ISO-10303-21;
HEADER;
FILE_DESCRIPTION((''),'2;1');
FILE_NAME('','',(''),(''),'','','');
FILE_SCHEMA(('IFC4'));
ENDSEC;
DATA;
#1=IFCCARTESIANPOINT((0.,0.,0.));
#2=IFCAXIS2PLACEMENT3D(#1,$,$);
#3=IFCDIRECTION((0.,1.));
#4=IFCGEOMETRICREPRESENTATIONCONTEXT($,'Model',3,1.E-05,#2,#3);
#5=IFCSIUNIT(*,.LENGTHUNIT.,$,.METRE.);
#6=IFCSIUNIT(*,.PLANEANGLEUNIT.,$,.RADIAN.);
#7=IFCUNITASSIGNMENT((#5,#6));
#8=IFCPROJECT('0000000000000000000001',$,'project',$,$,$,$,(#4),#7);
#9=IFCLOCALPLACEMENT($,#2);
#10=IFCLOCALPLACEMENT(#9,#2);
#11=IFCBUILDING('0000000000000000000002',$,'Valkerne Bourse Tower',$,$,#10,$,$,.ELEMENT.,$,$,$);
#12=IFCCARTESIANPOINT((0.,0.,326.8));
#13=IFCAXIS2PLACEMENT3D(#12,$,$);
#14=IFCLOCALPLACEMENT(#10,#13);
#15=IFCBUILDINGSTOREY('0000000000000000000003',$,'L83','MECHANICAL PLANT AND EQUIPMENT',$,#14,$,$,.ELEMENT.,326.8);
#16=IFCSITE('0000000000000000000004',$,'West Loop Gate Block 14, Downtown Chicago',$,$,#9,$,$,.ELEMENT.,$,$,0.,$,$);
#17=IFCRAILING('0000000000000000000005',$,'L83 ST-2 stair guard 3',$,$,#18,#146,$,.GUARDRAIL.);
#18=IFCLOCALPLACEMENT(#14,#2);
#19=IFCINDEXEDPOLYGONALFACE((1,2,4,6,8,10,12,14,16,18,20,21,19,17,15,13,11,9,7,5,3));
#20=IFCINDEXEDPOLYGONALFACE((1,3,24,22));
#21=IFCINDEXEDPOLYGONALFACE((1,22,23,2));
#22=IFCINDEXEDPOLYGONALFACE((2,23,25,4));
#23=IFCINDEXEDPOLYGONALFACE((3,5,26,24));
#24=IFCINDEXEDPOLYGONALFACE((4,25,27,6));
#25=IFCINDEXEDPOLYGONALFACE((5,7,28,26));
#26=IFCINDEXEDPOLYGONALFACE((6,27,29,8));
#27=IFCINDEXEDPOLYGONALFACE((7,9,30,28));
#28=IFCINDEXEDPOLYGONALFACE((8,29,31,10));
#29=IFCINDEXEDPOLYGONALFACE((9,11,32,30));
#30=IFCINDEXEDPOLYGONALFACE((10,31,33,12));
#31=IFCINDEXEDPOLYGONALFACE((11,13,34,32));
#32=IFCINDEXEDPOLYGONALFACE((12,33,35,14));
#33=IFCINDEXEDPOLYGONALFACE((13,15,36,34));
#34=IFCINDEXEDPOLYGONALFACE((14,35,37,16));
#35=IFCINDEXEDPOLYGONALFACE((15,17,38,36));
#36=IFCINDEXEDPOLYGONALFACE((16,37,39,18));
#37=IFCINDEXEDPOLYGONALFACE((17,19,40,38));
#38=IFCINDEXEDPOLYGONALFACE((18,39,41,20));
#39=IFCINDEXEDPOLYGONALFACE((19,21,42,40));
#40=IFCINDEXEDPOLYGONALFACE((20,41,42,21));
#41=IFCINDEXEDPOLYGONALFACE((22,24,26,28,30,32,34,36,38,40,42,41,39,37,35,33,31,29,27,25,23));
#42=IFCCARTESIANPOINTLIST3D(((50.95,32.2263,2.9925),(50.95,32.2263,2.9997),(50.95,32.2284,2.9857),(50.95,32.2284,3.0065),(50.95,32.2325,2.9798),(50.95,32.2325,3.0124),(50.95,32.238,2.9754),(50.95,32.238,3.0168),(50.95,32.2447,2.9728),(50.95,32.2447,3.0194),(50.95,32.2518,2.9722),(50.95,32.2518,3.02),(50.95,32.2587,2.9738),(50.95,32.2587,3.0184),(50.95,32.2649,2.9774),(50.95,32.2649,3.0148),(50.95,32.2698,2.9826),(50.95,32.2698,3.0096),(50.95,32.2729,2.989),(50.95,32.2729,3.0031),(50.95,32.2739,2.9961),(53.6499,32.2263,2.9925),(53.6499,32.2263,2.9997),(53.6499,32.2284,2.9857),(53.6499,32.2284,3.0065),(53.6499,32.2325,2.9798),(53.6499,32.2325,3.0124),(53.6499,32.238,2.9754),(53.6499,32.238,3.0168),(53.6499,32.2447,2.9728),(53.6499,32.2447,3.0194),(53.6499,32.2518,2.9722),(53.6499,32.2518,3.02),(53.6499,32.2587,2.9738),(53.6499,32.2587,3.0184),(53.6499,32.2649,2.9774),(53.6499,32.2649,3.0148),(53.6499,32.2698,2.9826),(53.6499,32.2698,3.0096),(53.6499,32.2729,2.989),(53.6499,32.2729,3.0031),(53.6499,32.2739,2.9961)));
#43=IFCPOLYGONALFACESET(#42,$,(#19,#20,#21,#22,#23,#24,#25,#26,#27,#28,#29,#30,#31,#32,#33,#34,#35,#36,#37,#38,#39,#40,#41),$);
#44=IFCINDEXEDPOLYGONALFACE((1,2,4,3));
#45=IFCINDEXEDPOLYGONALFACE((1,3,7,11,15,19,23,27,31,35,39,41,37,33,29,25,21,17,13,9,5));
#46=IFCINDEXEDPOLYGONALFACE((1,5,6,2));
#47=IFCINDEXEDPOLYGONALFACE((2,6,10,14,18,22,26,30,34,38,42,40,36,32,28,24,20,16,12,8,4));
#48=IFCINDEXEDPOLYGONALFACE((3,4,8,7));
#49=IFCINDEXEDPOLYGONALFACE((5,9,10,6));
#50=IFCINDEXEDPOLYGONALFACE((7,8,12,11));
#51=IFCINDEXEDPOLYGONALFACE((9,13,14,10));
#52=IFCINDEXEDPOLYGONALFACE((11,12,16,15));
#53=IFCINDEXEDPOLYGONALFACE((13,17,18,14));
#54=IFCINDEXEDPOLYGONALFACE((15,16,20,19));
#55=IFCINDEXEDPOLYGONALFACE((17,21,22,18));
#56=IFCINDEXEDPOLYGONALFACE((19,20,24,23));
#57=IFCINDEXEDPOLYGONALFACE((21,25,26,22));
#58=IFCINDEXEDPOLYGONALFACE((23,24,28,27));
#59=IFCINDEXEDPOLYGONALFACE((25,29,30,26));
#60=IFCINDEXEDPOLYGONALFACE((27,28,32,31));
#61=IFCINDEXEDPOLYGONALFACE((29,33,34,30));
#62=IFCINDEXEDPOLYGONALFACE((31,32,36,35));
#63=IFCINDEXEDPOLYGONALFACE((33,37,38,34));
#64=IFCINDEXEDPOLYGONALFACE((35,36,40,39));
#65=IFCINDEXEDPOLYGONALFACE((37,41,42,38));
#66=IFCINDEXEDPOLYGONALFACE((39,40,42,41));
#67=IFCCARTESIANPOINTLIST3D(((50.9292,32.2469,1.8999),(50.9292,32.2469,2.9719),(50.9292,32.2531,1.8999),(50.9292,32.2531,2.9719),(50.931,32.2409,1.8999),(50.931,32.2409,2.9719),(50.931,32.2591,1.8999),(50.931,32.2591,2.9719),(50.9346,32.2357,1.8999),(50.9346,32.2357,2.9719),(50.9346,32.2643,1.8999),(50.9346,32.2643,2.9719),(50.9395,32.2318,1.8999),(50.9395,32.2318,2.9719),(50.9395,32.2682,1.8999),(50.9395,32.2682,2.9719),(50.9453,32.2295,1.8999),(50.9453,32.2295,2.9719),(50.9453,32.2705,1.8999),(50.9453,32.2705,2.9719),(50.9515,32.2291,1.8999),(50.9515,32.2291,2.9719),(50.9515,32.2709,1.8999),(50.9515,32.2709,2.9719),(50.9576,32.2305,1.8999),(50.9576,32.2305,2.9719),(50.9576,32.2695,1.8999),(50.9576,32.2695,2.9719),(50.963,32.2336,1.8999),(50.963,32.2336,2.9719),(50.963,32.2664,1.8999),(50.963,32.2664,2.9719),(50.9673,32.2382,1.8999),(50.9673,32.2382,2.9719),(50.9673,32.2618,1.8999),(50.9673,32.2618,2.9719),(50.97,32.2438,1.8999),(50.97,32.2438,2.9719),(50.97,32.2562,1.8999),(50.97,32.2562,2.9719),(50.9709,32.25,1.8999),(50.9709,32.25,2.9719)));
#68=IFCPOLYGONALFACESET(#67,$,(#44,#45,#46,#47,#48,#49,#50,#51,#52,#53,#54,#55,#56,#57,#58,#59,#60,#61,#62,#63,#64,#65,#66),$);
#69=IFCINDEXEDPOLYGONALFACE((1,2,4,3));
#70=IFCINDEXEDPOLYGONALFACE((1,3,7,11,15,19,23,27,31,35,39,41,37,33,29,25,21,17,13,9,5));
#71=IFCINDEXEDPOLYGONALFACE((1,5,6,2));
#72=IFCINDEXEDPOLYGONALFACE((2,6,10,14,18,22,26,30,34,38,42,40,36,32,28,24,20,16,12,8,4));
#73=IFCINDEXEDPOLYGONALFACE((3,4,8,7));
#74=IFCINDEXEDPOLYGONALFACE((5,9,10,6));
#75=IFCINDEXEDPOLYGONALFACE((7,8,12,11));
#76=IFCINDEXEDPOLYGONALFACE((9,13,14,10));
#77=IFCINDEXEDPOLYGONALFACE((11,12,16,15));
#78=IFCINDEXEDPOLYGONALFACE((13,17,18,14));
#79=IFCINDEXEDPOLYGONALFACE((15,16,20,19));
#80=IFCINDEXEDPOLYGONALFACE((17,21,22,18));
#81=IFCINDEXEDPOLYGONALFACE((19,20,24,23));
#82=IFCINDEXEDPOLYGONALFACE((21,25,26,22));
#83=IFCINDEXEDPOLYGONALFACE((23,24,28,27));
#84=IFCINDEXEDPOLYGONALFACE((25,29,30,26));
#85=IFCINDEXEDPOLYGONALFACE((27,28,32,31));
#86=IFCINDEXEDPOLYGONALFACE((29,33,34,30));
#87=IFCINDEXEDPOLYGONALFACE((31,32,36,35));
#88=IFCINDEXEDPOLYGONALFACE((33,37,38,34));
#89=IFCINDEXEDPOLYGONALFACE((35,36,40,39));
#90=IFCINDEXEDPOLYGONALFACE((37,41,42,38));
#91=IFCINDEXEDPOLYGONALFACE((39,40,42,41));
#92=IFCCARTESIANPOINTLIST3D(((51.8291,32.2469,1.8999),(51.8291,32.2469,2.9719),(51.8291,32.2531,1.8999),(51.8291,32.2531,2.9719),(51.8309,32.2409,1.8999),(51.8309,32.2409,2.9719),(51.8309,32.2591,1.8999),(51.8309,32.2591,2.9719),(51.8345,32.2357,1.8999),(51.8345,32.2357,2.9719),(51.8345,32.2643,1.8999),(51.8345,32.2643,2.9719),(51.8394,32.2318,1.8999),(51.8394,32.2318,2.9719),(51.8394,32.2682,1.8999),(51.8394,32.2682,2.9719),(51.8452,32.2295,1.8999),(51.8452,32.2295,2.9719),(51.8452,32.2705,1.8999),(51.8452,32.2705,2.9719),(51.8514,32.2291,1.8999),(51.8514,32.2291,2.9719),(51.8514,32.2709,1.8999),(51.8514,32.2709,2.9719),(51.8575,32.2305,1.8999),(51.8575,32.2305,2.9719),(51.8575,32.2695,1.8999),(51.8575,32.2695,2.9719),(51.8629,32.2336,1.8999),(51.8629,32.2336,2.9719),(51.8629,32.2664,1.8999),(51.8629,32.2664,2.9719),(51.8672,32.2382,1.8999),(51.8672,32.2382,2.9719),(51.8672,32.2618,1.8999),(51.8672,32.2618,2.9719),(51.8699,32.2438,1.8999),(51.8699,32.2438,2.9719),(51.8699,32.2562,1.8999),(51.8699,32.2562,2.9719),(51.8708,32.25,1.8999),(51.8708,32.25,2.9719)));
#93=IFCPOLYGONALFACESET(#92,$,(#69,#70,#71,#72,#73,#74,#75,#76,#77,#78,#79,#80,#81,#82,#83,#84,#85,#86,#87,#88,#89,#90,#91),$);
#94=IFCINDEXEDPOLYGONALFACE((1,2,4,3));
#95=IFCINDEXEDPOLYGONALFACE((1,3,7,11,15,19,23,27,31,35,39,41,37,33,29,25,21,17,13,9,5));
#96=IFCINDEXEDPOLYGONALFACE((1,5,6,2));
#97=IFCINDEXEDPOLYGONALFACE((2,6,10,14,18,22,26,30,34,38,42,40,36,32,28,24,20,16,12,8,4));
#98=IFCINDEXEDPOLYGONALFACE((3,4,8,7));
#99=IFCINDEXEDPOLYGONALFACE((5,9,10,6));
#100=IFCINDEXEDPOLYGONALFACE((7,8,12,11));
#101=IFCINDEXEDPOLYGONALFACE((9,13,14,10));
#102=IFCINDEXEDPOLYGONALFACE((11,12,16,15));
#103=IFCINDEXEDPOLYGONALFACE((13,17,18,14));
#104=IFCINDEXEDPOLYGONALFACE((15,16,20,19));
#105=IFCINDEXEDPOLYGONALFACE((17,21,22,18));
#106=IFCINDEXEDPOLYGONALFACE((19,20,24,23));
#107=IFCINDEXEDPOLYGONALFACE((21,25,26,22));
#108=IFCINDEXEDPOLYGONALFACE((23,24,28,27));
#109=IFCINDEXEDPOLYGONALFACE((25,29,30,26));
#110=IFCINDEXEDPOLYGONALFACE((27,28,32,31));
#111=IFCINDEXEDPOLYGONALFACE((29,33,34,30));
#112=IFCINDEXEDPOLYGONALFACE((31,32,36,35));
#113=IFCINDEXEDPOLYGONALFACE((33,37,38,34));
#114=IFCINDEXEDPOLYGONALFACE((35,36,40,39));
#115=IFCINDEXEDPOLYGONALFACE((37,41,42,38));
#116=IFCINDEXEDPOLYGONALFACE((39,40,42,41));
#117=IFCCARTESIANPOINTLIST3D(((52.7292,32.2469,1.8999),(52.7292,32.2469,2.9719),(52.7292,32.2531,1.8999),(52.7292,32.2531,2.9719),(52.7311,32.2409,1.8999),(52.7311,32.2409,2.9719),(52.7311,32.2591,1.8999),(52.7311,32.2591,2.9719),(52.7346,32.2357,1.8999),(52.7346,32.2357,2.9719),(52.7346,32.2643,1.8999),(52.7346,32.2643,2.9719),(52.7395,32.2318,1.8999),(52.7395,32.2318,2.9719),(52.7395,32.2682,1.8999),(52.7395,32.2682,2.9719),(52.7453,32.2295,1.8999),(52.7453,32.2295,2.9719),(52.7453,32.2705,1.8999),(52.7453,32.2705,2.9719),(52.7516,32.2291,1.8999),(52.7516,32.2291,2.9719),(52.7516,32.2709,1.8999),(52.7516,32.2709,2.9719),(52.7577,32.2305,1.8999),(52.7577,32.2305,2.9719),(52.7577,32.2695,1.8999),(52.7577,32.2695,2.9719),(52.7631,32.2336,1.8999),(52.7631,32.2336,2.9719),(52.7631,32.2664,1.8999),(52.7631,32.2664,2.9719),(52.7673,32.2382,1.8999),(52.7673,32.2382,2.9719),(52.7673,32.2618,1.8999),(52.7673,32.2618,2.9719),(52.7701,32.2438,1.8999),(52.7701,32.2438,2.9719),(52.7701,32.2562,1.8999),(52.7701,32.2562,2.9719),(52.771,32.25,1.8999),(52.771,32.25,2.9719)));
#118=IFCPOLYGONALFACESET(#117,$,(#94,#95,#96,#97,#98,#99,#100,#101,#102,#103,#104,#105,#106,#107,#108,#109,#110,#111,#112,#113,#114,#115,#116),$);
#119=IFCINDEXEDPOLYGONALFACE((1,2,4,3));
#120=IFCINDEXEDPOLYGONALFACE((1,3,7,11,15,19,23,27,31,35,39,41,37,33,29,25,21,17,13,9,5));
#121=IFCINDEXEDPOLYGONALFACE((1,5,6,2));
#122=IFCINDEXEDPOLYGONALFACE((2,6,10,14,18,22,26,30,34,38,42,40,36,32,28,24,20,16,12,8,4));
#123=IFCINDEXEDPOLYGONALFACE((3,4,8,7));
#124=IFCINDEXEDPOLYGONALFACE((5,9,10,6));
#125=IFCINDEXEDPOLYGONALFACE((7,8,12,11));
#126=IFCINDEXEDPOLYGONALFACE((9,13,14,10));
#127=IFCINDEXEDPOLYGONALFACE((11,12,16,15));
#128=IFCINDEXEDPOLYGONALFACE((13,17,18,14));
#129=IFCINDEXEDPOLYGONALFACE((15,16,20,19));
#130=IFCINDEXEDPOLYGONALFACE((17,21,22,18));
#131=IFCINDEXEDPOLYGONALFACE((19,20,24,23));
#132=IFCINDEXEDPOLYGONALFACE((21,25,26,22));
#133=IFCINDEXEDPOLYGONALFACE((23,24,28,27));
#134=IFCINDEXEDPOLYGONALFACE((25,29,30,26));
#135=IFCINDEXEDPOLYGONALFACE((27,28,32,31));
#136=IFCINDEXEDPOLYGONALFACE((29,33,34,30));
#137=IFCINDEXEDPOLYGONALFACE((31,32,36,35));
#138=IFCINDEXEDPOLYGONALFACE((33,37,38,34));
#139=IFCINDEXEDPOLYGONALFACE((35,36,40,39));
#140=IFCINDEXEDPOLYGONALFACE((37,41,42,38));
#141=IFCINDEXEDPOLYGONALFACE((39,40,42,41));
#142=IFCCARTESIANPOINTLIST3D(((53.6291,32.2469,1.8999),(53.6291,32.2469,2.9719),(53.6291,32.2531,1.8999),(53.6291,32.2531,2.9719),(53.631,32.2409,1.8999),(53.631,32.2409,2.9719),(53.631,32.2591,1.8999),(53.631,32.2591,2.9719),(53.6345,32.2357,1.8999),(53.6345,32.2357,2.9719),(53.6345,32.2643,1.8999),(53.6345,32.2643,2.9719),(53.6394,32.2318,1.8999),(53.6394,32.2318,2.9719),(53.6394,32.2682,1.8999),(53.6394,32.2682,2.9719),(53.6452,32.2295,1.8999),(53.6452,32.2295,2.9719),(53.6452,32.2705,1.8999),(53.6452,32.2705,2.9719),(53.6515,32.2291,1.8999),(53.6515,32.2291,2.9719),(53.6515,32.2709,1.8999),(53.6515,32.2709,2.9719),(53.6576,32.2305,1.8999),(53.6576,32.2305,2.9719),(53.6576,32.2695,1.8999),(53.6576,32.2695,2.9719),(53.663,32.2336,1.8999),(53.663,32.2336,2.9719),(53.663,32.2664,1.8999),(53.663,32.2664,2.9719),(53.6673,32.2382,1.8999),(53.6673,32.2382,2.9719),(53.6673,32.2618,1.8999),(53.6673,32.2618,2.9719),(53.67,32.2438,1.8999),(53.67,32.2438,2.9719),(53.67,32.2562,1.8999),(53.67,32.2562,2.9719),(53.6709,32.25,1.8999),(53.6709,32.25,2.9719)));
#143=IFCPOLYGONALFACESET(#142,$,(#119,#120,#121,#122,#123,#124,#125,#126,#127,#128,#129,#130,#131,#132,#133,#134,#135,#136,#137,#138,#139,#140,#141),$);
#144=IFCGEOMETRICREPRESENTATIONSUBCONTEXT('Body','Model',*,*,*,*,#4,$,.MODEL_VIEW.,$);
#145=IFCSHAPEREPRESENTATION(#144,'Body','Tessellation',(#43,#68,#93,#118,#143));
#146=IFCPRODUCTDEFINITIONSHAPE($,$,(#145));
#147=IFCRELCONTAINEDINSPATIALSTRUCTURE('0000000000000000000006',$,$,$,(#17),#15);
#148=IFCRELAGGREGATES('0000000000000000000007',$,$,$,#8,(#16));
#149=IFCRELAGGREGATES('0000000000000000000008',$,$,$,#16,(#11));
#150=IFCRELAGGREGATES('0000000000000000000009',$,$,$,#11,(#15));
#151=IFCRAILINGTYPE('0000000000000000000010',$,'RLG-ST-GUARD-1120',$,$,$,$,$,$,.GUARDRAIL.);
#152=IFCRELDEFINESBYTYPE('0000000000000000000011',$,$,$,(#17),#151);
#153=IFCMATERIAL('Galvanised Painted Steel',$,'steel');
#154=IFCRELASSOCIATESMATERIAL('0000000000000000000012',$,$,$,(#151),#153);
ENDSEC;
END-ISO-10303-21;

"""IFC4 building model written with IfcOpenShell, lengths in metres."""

from ifc_helpers import new_model, si_unit, direction, frame, origin, origin_2d, place, context, subcontext, project, spatial, circle, extrude, material, type_object, element, save


model = new_model("IFC4")

# Units and contexts
model_context = context("Model", 3, precision=1e-05, world=origin(), true_north=direction((0.0, 1.0)))
body_context = subcontext(model_context, "Body", "Model", "MODEL_VIEW")
ifc_project = project(units=[si_unit("LENGTHUNIT", "METRE"), si_unit("PLANEANGLEUNIT", "RADIAN")], contexts=[model_context])

# Site, building, storey
site_placement = place(None, origin())
site = spatial("IfcSite", under=ifc_project, at=site_placement, Name="West Loop Gate Block 14, Downtown Chicago", CompositionType="ELEMENT", RefElevation=0.0)
building_placement = place(site_placement, origin())
building = spatial("IfcBuilding", under=site, at=building_placement, Name="Valkerne Bourse Tower", CompositionType="ELEMENT")
storey_placement = place(building_placement, frame((0.0, 0.0, 326.8)))
storey = spatial("IfcBuildingStorey", under=building, at=storey_placement, Name="L83", Description="MECHANICAL PLANT AND EQUIPMENT", CompositionType="ELEMENT", Elevation=326.8)

# Railing
ifc_material_1 = material(Name="Galvanised Painted Steel", Category="steel")
railing_type_1 = type_object("IfcRailingType", Name="RLG-ST-GUARD-1120", PredefinedType="GUARDRAIL", material=ifc_material_1)
railing_1_placement = place(storey_placement, frame((50.95, 32.25, 1.8999)))
element("IfcRailing", 1, at=railing_1_placement, inside=storey, type_object=railing_type_1, Name="L83 ST-2 stair guard 3", PredefinedType="GUARDRAIL", context=body_context, shape_type="SweptSolid", body=[
    extrude(circle(Radius=0.0239, at=origin_2d()), frame((0.0, 0.0, 1.0962), z_axis=(1.0, 0.0, 0.0), x_axis=(0.0, 1.0, 0.0)), (0.0, 0.0, 1.0), 2.7),
    extrude(circle(Radius=0.021, at=origin_2d()), origin(), (0.0, 0.0, 1.0), 1.072),
    extrude(circle(Radius=0.021, at=origin_2d()), frame((0.8999, 0.0, 0.0)), (0.0, 0.0, 1.0), 1.072),
    extrude(circle(Radius=0.021, at=origin_2d()), frame((1.8, 0.0, 0.0)), (0.0, 0.0, 1.0), 1.072),
    extrude(circle(Radius=0.021, at=origin_2d()), frame((2.7, 0.0, 0.0)), (0.0, 0.0, 1.0), 1.072),
])

save(model, "model.ifc")
